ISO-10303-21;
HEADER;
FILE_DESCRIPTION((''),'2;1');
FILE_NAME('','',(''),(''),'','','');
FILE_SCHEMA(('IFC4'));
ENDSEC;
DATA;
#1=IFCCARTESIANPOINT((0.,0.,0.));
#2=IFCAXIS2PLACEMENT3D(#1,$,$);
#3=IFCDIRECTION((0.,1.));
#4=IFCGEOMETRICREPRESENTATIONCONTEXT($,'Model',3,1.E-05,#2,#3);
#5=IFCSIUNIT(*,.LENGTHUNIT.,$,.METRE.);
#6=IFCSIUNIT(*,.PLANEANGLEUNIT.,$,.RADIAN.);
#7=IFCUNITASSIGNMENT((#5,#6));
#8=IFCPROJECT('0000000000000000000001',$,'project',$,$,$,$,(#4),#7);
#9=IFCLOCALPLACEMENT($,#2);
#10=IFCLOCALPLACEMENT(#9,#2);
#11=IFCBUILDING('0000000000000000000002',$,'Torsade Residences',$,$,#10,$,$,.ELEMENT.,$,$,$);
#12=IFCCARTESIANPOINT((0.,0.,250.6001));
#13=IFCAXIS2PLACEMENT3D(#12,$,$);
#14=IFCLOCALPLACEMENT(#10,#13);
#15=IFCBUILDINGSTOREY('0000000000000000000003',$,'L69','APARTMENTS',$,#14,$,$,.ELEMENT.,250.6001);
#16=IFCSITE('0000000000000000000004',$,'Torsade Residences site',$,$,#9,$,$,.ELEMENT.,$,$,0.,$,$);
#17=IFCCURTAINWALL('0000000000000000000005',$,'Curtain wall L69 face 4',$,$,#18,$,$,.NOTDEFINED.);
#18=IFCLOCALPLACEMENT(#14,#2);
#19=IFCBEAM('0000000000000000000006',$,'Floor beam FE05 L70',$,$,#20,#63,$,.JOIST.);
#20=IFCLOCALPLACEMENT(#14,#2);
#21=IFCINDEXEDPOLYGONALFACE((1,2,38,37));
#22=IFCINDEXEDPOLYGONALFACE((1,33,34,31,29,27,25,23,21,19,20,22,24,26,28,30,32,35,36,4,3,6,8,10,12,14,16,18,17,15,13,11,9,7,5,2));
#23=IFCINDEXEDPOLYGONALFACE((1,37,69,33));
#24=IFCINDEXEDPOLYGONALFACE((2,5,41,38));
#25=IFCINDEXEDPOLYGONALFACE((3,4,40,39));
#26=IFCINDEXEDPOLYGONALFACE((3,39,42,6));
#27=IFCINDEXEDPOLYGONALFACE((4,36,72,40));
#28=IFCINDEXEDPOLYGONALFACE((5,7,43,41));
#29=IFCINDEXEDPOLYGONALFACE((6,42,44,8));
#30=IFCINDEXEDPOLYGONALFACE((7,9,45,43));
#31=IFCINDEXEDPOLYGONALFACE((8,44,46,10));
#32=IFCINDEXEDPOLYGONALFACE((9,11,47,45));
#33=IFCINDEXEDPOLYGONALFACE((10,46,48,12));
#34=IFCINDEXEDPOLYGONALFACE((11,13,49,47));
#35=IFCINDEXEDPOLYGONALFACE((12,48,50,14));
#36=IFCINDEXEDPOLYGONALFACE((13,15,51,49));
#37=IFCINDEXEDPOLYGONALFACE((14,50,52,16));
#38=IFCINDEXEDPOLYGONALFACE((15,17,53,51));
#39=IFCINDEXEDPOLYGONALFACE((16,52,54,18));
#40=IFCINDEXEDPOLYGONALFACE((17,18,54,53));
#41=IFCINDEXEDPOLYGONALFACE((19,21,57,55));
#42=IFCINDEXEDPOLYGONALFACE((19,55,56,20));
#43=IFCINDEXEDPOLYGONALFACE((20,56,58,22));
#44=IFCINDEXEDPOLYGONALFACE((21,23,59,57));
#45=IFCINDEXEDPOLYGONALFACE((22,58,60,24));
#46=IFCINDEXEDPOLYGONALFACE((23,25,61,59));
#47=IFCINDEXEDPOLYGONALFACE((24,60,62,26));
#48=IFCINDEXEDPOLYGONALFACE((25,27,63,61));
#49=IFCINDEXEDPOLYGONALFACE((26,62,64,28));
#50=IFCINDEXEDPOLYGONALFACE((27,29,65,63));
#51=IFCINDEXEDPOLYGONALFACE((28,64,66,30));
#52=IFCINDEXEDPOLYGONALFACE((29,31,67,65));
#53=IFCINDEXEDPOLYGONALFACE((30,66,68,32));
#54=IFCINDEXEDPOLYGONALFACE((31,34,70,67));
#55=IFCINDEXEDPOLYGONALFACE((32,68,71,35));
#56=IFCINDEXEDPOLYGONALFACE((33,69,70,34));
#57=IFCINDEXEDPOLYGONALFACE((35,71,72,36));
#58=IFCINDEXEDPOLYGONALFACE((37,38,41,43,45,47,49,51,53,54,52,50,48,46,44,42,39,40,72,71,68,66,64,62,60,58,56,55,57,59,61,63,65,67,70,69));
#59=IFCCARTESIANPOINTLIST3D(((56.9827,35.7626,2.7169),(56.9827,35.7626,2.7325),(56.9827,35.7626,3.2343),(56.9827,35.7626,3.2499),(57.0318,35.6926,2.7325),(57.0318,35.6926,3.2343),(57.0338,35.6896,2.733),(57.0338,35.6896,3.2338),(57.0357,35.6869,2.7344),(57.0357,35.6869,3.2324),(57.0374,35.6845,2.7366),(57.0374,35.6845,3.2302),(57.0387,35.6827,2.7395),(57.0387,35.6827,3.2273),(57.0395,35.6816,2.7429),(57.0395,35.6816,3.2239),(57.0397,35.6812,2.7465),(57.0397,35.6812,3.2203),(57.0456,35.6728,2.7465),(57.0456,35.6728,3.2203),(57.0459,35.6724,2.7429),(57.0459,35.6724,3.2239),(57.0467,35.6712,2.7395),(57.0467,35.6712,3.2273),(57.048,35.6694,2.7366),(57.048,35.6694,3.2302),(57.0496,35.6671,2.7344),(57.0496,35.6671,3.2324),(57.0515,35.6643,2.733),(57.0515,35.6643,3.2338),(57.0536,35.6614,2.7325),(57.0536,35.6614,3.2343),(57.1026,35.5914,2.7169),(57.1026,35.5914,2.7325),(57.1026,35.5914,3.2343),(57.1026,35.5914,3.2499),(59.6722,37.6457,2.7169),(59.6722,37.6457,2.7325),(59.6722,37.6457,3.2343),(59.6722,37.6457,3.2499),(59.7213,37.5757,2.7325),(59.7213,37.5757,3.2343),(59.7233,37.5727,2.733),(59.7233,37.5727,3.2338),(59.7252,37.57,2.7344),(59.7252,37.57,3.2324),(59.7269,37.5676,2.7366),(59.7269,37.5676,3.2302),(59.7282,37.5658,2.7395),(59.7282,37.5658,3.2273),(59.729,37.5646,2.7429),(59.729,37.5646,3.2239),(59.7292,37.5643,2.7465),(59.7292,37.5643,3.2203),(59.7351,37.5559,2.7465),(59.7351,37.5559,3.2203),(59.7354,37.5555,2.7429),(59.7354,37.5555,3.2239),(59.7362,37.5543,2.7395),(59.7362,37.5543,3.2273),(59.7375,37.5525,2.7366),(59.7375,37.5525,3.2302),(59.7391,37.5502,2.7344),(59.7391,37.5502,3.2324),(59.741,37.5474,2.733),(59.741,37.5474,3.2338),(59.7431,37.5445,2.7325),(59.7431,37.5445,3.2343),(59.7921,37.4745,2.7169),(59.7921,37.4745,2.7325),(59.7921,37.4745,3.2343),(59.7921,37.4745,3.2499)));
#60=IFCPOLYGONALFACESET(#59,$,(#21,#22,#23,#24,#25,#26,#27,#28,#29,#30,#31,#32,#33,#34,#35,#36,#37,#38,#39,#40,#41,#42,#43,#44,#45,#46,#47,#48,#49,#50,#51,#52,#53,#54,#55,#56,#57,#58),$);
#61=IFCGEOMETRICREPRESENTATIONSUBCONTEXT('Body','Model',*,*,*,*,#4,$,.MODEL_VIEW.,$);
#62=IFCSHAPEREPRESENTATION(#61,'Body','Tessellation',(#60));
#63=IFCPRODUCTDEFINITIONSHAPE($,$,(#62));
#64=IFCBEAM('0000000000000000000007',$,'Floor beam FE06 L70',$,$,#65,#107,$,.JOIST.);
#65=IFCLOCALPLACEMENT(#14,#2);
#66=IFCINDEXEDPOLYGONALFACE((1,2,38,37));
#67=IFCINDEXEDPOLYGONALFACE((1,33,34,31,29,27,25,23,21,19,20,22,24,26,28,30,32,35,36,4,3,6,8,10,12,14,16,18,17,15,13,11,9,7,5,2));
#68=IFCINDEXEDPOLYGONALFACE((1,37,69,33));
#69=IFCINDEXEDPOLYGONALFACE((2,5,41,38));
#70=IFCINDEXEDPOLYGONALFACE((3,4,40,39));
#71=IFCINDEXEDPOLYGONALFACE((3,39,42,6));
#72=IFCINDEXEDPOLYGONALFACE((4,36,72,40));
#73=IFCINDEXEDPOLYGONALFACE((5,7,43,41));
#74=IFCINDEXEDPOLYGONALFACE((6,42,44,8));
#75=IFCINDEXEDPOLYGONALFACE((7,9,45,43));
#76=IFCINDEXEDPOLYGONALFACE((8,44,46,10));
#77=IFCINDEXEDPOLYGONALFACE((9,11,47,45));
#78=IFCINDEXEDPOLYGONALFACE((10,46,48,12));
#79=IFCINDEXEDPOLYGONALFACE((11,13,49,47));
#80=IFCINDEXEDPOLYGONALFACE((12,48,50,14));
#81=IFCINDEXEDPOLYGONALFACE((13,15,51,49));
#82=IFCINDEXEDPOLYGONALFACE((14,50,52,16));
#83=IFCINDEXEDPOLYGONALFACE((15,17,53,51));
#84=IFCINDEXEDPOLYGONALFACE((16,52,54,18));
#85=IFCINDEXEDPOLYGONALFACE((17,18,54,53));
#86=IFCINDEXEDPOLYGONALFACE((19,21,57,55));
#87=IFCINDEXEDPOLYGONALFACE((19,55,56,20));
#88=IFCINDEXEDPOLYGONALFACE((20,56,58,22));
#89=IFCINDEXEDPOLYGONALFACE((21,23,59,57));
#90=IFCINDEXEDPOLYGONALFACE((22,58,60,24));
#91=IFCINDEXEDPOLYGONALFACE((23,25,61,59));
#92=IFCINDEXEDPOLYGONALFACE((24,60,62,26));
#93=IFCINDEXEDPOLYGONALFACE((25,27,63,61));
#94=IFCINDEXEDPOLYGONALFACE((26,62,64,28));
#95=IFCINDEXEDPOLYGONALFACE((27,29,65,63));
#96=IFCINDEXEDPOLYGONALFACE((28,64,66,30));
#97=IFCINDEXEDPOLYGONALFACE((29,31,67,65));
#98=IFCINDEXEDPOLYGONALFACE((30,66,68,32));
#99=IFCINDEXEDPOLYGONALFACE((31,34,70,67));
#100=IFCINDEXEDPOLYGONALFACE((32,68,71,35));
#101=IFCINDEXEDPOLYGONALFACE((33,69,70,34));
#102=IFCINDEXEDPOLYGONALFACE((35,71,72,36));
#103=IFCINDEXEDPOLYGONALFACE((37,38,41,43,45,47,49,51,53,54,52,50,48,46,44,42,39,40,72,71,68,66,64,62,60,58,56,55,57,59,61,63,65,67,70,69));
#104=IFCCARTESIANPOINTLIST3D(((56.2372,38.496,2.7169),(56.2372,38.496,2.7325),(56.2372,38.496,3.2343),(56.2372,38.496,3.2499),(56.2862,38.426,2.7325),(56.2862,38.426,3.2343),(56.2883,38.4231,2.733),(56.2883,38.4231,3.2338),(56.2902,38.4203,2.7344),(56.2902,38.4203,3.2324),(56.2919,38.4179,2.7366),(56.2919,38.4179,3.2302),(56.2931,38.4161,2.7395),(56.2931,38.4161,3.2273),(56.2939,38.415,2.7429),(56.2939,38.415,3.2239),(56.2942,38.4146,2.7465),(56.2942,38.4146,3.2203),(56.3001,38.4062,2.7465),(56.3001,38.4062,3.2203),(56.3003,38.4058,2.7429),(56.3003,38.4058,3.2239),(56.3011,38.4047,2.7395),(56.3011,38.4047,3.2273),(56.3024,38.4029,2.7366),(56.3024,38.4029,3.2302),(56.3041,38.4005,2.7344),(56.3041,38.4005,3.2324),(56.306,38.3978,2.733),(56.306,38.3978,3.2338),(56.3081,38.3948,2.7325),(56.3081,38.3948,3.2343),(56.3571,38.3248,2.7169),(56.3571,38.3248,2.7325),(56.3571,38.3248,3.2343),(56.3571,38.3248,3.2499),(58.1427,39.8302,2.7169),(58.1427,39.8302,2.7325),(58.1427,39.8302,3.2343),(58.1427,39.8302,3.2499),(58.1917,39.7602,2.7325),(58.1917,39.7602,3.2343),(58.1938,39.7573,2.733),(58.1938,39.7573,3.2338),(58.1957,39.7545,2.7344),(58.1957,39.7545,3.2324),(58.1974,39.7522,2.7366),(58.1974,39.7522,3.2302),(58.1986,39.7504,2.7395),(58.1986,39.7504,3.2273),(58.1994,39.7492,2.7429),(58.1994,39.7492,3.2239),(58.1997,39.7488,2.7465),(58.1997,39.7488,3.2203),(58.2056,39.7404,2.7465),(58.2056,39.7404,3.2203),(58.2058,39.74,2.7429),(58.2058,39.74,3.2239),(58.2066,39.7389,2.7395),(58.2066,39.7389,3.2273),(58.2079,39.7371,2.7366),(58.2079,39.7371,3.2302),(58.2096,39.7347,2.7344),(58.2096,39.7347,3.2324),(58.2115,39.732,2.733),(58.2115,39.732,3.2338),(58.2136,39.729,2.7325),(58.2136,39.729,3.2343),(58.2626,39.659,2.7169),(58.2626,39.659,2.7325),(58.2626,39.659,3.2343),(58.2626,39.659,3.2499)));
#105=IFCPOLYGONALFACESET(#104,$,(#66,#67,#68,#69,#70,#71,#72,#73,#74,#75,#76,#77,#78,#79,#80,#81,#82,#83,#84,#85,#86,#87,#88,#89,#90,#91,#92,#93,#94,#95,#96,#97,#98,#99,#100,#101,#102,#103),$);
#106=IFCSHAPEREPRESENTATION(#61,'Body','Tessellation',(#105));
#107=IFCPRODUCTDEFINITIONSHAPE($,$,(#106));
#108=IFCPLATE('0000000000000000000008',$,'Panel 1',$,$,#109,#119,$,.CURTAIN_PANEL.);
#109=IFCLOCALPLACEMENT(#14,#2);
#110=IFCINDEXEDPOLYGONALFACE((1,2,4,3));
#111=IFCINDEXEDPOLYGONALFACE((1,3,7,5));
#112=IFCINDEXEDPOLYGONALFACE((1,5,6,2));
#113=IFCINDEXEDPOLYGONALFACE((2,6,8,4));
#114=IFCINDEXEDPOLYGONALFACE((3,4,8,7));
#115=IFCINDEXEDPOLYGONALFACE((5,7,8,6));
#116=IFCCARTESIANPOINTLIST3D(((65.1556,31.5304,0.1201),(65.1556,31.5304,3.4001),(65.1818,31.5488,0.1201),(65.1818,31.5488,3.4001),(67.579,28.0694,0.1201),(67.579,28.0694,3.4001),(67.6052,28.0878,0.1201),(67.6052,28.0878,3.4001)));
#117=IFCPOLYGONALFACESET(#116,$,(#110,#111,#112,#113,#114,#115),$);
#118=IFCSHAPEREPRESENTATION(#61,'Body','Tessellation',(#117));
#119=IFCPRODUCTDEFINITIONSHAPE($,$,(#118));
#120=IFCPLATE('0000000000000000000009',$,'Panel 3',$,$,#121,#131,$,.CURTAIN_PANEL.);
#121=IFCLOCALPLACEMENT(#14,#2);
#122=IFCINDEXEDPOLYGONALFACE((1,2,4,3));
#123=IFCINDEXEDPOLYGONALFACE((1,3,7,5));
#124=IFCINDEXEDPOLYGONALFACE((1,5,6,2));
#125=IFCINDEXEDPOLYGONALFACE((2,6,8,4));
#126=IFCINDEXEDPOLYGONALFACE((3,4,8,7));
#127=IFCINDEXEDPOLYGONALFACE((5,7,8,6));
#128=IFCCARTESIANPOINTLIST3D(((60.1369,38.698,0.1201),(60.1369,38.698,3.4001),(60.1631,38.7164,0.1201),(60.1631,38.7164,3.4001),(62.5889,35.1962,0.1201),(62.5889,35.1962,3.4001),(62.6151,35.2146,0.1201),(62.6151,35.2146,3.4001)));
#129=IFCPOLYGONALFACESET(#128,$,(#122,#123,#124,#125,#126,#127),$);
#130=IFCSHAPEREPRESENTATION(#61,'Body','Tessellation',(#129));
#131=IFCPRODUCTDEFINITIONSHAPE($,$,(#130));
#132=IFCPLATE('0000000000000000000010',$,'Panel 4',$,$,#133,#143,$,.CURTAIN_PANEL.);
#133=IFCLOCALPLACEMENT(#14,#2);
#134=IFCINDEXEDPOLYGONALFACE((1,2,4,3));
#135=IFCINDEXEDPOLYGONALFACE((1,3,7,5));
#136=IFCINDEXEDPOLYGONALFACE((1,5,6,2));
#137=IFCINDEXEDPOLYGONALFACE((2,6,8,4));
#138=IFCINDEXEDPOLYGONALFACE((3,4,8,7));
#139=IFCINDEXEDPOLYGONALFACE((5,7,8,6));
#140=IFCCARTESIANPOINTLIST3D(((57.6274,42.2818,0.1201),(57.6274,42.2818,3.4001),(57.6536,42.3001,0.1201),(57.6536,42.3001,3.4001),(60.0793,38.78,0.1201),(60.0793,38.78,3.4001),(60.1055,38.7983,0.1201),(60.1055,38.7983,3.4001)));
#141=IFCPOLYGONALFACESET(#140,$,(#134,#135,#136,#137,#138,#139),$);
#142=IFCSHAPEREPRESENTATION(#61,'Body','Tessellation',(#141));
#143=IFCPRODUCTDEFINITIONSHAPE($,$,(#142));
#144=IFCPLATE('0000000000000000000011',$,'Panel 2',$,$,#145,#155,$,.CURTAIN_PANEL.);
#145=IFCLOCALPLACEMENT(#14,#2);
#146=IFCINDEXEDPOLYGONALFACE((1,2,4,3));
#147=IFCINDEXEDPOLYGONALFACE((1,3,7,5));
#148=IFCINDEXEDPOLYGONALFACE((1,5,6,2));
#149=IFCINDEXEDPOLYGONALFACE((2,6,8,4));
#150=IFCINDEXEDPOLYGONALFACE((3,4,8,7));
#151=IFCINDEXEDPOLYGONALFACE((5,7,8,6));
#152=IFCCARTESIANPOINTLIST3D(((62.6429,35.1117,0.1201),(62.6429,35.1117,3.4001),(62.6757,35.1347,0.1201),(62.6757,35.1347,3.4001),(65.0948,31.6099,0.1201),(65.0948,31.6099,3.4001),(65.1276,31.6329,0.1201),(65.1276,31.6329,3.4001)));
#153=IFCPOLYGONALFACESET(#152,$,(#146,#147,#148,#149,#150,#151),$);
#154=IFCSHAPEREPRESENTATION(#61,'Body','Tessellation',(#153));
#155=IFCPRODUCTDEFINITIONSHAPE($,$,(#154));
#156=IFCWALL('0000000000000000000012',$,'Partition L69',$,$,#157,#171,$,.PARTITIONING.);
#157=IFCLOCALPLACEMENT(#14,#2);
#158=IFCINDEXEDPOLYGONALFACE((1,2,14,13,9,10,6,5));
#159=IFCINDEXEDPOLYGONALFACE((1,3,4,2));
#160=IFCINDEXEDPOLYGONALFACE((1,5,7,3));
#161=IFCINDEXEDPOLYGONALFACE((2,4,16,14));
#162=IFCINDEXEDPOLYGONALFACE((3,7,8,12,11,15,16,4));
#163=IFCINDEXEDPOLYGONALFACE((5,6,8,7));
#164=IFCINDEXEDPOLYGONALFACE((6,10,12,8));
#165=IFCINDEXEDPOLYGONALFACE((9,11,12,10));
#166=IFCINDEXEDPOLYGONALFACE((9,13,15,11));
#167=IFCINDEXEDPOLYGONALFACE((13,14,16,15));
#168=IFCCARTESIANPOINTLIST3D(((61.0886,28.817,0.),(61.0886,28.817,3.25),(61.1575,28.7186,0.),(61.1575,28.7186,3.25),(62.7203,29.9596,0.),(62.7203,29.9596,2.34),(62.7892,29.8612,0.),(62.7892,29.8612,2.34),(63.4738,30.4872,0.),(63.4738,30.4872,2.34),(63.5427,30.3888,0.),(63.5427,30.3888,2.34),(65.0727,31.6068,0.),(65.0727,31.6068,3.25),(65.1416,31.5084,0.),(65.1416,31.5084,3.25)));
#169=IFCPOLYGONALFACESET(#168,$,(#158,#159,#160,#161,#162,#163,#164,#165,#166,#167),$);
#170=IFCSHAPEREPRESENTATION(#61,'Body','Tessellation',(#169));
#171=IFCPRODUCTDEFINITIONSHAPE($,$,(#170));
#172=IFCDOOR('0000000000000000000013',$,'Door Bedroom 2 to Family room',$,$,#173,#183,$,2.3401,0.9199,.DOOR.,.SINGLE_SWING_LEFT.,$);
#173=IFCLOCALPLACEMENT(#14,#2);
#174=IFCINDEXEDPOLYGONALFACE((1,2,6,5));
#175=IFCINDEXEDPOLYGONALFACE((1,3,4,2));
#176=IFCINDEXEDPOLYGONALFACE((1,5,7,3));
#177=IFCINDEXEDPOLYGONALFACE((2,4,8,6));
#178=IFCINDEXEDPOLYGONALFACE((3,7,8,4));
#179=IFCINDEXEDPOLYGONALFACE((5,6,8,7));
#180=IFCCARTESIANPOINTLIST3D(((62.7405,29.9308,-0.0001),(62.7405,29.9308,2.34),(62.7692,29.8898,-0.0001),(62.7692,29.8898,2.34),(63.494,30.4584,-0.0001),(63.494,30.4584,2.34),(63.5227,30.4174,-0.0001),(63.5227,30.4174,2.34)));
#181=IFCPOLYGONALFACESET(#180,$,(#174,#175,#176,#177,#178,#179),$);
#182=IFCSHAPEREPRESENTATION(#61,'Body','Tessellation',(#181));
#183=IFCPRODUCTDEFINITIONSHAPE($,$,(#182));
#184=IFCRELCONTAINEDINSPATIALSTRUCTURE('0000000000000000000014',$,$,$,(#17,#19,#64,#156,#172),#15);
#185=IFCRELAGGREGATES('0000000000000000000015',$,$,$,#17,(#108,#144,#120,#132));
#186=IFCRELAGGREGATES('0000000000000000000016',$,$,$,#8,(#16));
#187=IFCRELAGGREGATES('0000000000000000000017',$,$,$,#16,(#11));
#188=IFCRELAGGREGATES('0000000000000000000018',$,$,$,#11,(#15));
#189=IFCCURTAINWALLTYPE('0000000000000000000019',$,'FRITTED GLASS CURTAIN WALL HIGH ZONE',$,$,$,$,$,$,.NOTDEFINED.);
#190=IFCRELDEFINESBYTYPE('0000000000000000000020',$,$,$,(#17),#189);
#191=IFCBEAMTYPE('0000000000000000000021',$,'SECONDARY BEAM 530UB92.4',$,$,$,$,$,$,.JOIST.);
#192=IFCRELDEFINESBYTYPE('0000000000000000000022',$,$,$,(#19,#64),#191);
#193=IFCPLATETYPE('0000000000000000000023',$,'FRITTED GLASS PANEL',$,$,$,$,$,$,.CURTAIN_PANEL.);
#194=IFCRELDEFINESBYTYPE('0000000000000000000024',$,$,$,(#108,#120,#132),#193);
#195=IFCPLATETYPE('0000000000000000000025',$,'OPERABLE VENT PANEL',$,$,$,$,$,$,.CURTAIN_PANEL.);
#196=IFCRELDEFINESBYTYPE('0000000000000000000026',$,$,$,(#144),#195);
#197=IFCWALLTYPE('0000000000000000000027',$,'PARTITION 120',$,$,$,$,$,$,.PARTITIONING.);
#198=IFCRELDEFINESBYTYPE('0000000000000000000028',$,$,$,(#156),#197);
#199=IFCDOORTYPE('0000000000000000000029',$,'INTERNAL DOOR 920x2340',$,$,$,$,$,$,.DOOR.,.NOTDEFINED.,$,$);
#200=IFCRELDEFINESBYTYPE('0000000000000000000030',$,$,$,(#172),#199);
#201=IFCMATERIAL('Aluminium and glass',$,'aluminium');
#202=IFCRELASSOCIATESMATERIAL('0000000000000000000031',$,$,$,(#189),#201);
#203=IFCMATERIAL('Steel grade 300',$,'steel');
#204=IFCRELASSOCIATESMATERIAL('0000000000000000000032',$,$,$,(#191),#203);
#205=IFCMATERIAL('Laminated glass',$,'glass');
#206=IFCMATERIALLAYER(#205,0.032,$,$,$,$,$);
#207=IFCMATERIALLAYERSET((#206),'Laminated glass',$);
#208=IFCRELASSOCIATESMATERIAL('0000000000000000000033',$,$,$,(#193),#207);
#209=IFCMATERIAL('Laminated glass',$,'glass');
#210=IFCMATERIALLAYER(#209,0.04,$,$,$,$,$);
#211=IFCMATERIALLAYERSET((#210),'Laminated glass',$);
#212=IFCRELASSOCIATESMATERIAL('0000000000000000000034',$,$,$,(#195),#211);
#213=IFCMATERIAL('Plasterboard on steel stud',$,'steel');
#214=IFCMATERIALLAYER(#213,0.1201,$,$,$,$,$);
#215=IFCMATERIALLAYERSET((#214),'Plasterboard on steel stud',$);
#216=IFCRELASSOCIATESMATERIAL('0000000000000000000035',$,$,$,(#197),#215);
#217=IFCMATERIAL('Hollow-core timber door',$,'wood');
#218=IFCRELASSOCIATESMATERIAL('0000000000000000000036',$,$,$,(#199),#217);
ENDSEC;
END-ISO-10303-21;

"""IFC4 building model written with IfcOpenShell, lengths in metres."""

from ifc_helpers import new_model, si_unit, direction, frame, frame_2d, origin, origin_2d, place, context, subcontext, project, spatial, rectangle, i_section, extrude, material, layer, layer_set, material_profile, profile_set, type_object, element, fill, aggregate, save


model = new_model("IFC4")

# Units and contexts
model_context = context("Model", 3, precision=1e-05, world=origin(), true_north=direction((0.0, 1.0)))
body_context = subcontext(model_context, "Body", "Model", "MODEL_VIEW")
ifc_project = project(units=[si_unit("LENGTHUNIT", "METRE"), si_unit("PLANEANGLEUNIT", "RADIAN")], contexts=[model_context])

# Site, building, storey
site_placement = place(None, origin())
site = spatial("IfcSite", under=ifc_project, at=site_placement, Name="Torsade Residences site", CompositionType="ELEMENT", RefElevation=0.0)
building_placement = place(site_placement, origin())
building = spatial("IfcBuilding", under=site, at=building_placement, Name="Torsade Residences", CompositionType="ELEMENT")
storey_placement = place(building_placement, frame((0.0, 0.0, 250.6001)))
storey = spatial("IfcBuildingStorey", under=building, at=storey_placement, Name="L69", Description="APARTMENTS", CompositionType="ELEMENT", Elevation=250.6001)

# Curtain wall
ifc_material_1 = material(Name="Aluminium and glass", Category="aluminium")
curtain_wall_type = type_object("IfcCurtainWallType", Name="FRITTED GLASS CURTAIN WALL HIGH ZONE", PredefinedType="NOTDEFINED", material=ifc_material_1)
curtain_wall_placement = place(storey_placement, origin())
curtain_wall = element("IfcCurtainWall", 1, at=curtain_wall_placement, inside=storey, type_object=curtain_wall_type, Name="Curtain wall L69 face 4", PredefinedType="NOTDEFINED")

# Beams
ifc_material_2 = material(Name="Steel grade 300", Category="steel")
ifc_material_profile_1 = material_profile(ifc_material_2, i_section(OverallWidth=0.209, OverallDepth=0.533, WebThickness=0.0103, FlangeThickness=0.0156, FilletRadius=0.0139, at=origin_2d()), Name="530UB92.4")
ifc_profile_set_1 = profile_set([ifc_material_profile_1], Name="Steel grade 300")
beam_type_1 = type_object("IfcBeamType", Name="SECONDARY BEAM 530UB92.4", PredefinedType="JOIST", material=ifc_profile_set_1)
beam_1_placement = place(storey_placement, frame((59.7322, 37.5601, 2.9834), z_axis=(-0.819169, -0.573552, 0.0), x_axis=(0.573552, -0.819169, 0.0)))
element("IfcBeam", 2, at=beam_1_placement, inside=storey, type_object=beam_type_1, Name="Floor beam FE05 L70", PredefinedType="JOIST", context=body_context, shape_type="SweptSolid", body=[
    extrude(i_section(OverallWidth=0.209, OverallDepth=0.533, WebThickness=0.0103, FlangeThickness=0.0156, FilletRadius=0.0139, at=origin_2d()), origin(), (0.0, 0.0, 1.0), 3.2832),
])
beam_2_placement = place(storey_placement, frame((58.2026, 39.7446, 2.9834), z_axis=(-0.819158, -0.573568, 0.0), x_axis=(0.573568, -0.819158, 0.0)))
element("IfcBeam", 3, at=beam_2_placement, inside=storey, type_object=beam_type_1, Name="Floor beam FE06 L70", PredefinedType="JOIST", context=body_context, shape_type="SweptSolid", body=[
    extrude(i_section(OverallWidth=0.209, OverallDepth=0.533, WebThickness=0.0103, FlangeThickness=0.0156, FilletRadius=0.0139, at=origin_2d()), origin(), (0.0, 0.0, 1.0), 2.3262),
])

# Plates
ifc_material_3 = material(Name="Laminated glass", Category="glass")
ifc_layer_1 = layer(ifc_material_3, 0.032)
ifc_layer_set_1 = layer_set([ifc_layer_1], Name="Laminated glass")
plate_type_1 = type_object("IfcPlateType", Name="FRITTED GLASS PANEL", PredefinedType="CURTAIN_PANEL", material=ifc_layer_set_1)
plate_1_placement = place(storey_placement, frame((66.3804, 29.8091, 0.1201), z_axis=(0.0, 0.0, 1.0), x_axis=(-0.573576, 0.819152, 0.0)))
plate_1 = element("IfcPlate", 4, at=plate_1_placement, type_object=plate_type_1, Name="Panel 1", PredefinedType="CURTAIN_PANEL", context=body_context, shape_type="SweptSolid", body=[
    extrude(rectangle(XDim=4.2251, YDim=0.032, at=origin_2d()), origin(), (0.0, 0.0, 1.0), 3.28),
])
plate_2_placement = place(storey_placement, frame((61.376, 36.9563, 0.1201), z_axis=(0.0, 0.0, 1.0), x_axis=(-0.573576, 0.819152, 0.0)))
plate_2 = element("IfcPlate", 5, at=plate_2_placement, type_object=plate_type_1, Name="Panel 3", PredefinedType="CURTAIN_PANEL", context=body_context, shape_type="SweptSolid", body=[
    extrude(rectangle(XDim=4.2749, YDim=0.032, at=origin_2d()), origin(), (0.0, 0.0, 1.0), 3.28),
])
plate_3_placement = place(storey_placement, frame((58.8665, 40.54, 0.1201), z_axis=(0.0, 0.0, 1.0), x_axis=(-0.573576, 0.819152, 0.0)))
plate_3 = element("IfcPlate", 6, at=plate_3_placement, type_object=plate_type_1, Name="Panel 4", PredefinedType="CURTAIN_PANEL", context=body_context, shape_type="SweptSolid", body=[
    extrude(rectangle(XDim=4.2749, YDim=0.032, at=origin_2d()), origin(), (0.0, 0.0, 1.0), 3.28),
])
ifc_material_4 = material(Name="Laminated glass", Category="glass")
ifc_layer_2 = layer(ifc_material_4, 0.04)
ifc_layer_set_2 = layer_set([ifc_layer_2], Name="Laminated glass")
plate_type_2 = type_object("IfcPlateType", Name="OPERABLE VENT PANEL", PredefinedType="CURTAIN_PANEL", material=ifc_layer_set_2)
plate_4_placement = place(storey_placement, frame((63.8853, 33.3723, 0.1201), z_axis=(0.0, 0.0, 1.0), x_axis=(-0.573576, 0.819152, 0.0)))
plate_4 = element("IfcPlate", 7, at=plate_4_placement, type_object=plate_type_2, Name="Panel 2", PredefinedType="CURTAIN_PANEL", context=body_context, shape_type="SweptSolid", body=[
    extrude(rectangle(XDim=4.2749, YDim=0.04, at=origin_2d()), origin(), (0.0, 0.0, 1.0), 3.28),
])
aggregate(curtain_wall, [plate_1, plate_4, plate_2, plate_3])

# Wall, opening, door
ifc_material_5 = material(Name="Plasterboard on steel stud", Category="steel")
ifc_layer_3 = layer(ifc_material_5, 0.1201)
ifc_layer_set_3 = layer_set([ifc_layer_3], Name="Plasterboard on steel stud")
wall_type_1 = type_object("IfcWallType", Name="PARTITION 120", PredefinedType="PARTITIONING", material=ifc_layer_set_3)
wall_1_placement = place(storey_placement, frame((61.123, 28.7678, 0.0), z_axis=(0.0, 0.0, 1.0), x_axis=(0.819145, 0.573587, 0.0)))
wall_1 = element("IfcWall", 8, at=wall_1_placement, inside=storey, type_object=wall_type_1, Name="Partition L69", PredefinedType="PARTITIONING", context=body_context, shape_type="SweptSolid", body=[
    extrude(rectangle(XDim=4.8638, YDim=0.1201, at=frame_2d((2.4319, 0.0))), origin(), (0.0, 0.0, 1.0), 3.25),
])
opening_placement = place(wall_1_placement, frame((1.9919, 0.0, 0.0)))
opening = element("IfcOpeningElement", 9, at=opening_placement, cuts=wall_1, PredefinedType="OPENING", context=body_context, shape_type="SweptSolid", body=[
    extrude(rectangle(XDim=0.9199, YDim=2.3401, at=frame_2d((0.46, 1.1699))), frame((0.0, 0.0701, 0.0), z_axis=(0.0, -1.0, 0.0), x_axis=(1.0, 0.0, 0.0)), (0.0, 0.0, 1.0), 0.1401),
])
ifc_material_6 = material(Name="Hollow-core timber door", Category="wood")
door_type = type_object("IfcDoorType", Name="INTERNAL DOOR 920x2340", OperationType="NOTDEFINED", PredefinedType="DOOR", material=ifc_material_6)
door_placement = place(opening_placement, origin())
door = element("IfcDoor", 10, at=door_placement, inside=storey, type_object=door_type, Name="Door Bedroom 2 to Family room", OperationType="SINGLE_SWING_LEFT", OverallHeight=2.3401, OverallWidth=0.9199, PredefinedType="DOOR", context=body_context, shape_type="SweptSolid", body=[
    extrude(rectangle(XDim=0.9199, YDim=2.3401, at=frame_2d((0.46, 1.1699))), frame((0.0, 0.0249, 0.0), z_axis=(0.0, -1.0, 0.0), x_axis=(1.0, 0.0, 0.0)), (0.0, 0.0, 1.0), 0.05),
])
fill(opening, door)

save(model, "model.ifc")
